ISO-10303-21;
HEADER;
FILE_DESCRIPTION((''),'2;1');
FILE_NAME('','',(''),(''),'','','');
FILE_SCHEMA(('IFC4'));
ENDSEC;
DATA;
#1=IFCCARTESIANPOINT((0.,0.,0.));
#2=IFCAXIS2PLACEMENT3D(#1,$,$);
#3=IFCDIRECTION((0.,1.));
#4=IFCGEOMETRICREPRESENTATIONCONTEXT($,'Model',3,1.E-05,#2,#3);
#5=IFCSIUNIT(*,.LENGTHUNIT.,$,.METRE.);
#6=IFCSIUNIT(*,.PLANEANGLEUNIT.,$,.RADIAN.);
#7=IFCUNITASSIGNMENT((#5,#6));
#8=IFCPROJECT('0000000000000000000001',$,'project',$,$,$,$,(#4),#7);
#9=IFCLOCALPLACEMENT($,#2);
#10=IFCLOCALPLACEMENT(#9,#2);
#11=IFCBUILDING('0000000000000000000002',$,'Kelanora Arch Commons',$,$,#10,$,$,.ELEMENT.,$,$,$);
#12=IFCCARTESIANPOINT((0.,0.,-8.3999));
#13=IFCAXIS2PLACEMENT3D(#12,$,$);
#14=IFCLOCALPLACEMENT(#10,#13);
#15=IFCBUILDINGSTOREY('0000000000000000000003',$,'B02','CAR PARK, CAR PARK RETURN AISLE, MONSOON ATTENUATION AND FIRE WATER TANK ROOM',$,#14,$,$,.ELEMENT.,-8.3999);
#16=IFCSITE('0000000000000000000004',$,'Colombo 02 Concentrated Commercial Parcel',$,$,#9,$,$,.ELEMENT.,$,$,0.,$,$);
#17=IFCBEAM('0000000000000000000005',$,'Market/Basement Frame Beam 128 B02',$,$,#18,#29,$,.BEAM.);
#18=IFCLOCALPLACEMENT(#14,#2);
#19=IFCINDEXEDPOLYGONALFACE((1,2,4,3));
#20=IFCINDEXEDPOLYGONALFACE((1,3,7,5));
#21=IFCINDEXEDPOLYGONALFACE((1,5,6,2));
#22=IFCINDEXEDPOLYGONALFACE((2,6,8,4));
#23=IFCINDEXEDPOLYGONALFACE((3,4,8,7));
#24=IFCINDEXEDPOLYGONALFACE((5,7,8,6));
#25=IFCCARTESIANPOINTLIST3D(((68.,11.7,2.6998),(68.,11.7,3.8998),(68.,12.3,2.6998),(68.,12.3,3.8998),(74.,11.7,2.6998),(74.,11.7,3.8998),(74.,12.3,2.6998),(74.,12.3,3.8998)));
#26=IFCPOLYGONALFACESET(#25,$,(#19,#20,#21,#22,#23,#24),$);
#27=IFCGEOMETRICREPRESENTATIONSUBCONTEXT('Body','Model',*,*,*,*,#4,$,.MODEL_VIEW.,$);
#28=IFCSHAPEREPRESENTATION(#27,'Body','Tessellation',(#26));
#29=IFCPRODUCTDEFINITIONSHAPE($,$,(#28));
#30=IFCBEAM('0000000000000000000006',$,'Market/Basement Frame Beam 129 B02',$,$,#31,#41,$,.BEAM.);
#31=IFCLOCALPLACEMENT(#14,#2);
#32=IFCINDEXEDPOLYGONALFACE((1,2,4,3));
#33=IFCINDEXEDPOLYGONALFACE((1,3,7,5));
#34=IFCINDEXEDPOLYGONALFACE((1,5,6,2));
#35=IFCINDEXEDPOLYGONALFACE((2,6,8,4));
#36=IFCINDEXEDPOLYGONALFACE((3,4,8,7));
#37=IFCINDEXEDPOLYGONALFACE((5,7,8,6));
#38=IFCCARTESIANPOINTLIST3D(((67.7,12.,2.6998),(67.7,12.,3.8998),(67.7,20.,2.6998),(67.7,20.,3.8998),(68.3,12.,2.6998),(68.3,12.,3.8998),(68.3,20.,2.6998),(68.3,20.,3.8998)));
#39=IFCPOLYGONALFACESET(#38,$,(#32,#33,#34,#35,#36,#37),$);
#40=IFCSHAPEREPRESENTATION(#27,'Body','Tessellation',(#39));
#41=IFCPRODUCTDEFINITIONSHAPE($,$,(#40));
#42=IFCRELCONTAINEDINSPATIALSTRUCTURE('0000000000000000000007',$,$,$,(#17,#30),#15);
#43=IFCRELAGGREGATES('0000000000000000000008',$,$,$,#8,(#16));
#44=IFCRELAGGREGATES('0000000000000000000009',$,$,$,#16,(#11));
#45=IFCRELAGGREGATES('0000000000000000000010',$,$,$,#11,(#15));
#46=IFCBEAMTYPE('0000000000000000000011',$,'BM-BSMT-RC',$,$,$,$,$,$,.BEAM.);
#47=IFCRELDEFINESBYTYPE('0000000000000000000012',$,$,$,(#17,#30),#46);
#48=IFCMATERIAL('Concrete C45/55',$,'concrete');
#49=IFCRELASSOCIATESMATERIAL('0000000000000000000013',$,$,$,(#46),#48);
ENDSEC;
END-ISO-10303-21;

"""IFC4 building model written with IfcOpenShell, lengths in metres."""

from ifc_helpers import new_model, si_unit, direction, frame, origin, origin_2d, place, context, subcontext, project, spatial, rectangle, extrude, material, material_profile, profile_set, type_object, element, save


model = new_model("IFC4")

# Units and contexts
model_context = context("Model", 3, precision=1e-05, world=origin(), true_north=direction((0.0, 1.0)))
body_context = subcontext(model_context, "Body", "Model", "MODEL_VIEW")
ifc_project = project(units=[si_unit("LENGTHUNIT", "METRE"), si_unit("PLANEANGLEUNIT", "RADIAN")], contexts=[model_context])

# Site, building, storey
site_placement = place(None, origin())
site = spatial("IfcSite", under=ifc_project, at=site_placement, Name="Colombo 02 Concentrated Commercial Parcel", CompositionType="ELEMENT", RefElevation=0.0)
building_placement = place(site_placement, origin())
building = spatial("IfcBuilding", under=site, at=building_placement, Name="Kelanora Arch Commons", CompositionType="ELEMENT")
storey_placement = place(building_placement, frame((0.0, 0.0, -8.3999)))
storey = spatial("IfcBuildingStorey", under=building, at=storey_placement, Name="B02", Description="CAR PARK, CAR PARK RETURN AISLE, MONSOON ATTENUATION AND FIRE WATER TANK ROOM", CompositionType="ELEMENT", Elevation=-8.3999)

# Shared definitions
ifc_material_1 = material(Name="Concrete C45/55", Category="concrete")

# Beams
ifc_material_profile_1 = material_profile(ifc_material_1, rectangle(XDim=0.6001, YDim=1.2, at=origin_2d()), Name="RCB600x1200")
ifc_profile_set_1 = profile_set([ifc_material_profile_1], Name="Concrete C45/55")
beam_type = type_object("IfcBeamType", Name="BM-BSMT-RC", PredefinedType="BEAM", material=ifc_profile_set_1)
beam_1_placement = place(storey_placement, frame((68.0, 12.0, 3.2998), z_axis=(1.0, 0.0, 0.0), x_axis=(0.0, 1.0, 0.0)))
element("IfcBeam", 1, at=beam_1_placement, inside=storey, type_object=beam_type, Name="Market/Basement Frame Beam 128 B02", PredefinedType="BEAM", context=body_context, shape_type="SweptSolid", body=[
    extrude(rectangle(XDim=0.6001, YDim=1.2, at=origin_2d()), origin(), (0.0, 0.0, 1.0), 6.0),
])
beam_2_placement = place(storey_placement, frame((68.0, 12.0, 3.2998), z_axis=(0.0, 1.0, 0.0), x_axis=(-1.0, 0.0, 0.0)))
element("IfcBeam", 2, at=beam_2_placement, inside=storey, type_object=beam_type, Name="Market/Basement Frame Beam 129 B02", PredefinedType="BEAM", context=body_context, shape_type="SweptSolid", body=[
    extrude(rectangle(XDim=0.6001, YDim=1.2, at=origin_2d()), origin(), (0.0, 0.0, 1.0), 8.0),
])

save(model, "model.ifc")
